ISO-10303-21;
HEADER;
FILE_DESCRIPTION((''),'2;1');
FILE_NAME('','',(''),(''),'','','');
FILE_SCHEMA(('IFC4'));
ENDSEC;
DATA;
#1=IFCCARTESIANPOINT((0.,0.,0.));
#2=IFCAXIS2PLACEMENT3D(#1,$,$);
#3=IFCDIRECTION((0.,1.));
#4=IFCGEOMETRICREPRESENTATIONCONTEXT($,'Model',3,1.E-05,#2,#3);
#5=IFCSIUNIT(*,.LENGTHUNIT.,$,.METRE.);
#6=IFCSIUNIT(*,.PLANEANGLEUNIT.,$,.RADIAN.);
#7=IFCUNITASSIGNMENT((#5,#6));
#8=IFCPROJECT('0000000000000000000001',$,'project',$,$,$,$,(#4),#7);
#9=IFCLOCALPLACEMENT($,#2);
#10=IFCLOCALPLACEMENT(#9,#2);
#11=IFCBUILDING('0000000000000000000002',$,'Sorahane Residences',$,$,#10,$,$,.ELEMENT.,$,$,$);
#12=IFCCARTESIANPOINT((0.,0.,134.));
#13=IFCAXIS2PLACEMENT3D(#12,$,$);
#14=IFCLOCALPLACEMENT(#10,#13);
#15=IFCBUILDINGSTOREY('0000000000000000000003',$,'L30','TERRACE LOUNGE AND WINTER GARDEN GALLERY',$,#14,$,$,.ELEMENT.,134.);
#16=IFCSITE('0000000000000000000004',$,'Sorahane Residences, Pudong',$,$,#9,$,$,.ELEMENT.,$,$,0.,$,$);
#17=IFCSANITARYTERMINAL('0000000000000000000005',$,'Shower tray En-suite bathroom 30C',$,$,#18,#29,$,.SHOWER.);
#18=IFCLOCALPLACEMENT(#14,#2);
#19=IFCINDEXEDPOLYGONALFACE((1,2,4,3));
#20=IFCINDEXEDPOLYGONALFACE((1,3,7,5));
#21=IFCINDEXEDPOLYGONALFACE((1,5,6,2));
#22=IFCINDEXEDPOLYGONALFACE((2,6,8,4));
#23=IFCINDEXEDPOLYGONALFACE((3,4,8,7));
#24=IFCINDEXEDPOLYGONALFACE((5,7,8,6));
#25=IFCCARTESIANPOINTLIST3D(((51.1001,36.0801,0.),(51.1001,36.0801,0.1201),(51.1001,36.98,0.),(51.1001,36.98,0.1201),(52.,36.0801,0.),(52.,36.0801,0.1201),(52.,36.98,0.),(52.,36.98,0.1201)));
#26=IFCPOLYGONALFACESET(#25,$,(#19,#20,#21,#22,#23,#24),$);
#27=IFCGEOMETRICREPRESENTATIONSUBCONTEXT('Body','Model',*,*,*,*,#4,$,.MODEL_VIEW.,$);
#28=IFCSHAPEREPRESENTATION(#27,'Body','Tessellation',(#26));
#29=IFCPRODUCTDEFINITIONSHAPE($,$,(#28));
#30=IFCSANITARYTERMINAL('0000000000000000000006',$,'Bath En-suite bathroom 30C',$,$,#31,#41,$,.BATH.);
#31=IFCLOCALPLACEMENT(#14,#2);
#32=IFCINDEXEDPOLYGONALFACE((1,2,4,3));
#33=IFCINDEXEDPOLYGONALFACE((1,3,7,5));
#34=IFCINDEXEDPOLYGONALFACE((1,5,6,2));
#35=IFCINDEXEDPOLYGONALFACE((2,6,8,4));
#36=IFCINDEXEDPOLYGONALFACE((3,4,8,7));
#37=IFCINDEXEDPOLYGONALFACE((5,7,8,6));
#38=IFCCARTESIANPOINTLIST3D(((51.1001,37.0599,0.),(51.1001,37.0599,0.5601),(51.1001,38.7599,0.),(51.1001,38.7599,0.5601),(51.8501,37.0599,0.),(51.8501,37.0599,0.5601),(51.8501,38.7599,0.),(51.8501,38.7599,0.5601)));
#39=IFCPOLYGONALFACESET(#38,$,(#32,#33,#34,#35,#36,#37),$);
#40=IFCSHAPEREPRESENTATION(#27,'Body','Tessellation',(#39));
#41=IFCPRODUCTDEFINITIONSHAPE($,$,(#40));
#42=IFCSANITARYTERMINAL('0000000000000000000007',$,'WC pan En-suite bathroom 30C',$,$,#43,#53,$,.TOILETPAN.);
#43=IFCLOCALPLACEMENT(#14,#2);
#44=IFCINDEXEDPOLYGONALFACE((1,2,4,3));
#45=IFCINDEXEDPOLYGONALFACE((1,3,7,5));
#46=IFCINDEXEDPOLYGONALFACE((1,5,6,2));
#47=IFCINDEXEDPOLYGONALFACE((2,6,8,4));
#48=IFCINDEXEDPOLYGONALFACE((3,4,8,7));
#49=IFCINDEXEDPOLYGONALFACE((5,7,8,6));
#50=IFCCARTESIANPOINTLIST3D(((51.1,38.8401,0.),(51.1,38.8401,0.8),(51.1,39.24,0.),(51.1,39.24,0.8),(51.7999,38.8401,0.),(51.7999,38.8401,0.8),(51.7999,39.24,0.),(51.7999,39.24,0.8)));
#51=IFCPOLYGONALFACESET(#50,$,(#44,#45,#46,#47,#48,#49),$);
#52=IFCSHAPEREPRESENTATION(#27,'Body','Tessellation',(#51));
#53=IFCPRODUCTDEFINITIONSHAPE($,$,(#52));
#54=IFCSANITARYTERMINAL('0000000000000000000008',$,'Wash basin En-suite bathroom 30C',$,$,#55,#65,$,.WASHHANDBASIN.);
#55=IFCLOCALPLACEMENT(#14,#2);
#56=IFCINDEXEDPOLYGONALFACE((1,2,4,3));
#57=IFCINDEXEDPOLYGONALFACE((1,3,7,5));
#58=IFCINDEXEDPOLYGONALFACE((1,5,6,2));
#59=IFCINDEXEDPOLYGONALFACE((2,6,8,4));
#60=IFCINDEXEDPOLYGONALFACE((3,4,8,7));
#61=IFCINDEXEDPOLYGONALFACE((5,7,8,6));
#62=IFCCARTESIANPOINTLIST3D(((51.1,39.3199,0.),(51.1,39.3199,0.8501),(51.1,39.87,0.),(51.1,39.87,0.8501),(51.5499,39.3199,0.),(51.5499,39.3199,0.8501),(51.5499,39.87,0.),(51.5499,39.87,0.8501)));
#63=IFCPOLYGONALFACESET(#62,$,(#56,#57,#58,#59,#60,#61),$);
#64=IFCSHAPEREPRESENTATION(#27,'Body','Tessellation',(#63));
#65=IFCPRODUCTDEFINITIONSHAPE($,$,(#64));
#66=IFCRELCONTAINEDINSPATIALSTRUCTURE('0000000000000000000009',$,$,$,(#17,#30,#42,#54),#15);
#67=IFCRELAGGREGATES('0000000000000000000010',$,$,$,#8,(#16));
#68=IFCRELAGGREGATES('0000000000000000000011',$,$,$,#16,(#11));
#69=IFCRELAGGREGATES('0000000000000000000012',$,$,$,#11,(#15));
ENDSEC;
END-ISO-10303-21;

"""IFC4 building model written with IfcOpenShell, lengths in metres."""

from ifc_helpers import new_model, si_unit, direction, frame, origin, origin_2d, place, context, subcontext, project, spatial, rectangle, extrude, element, save


model = new_model("IFC4")

# Units and contexts
model_context = context("Model", 3, precision=1e-05, world=origin(), true_north=direction((0.0, 1.0)))
body_context = subcontext(model_context, "Body", "Model", "MODEL_VIEW")
ifc_project = project(units=[si_unit("LENGTHUNIT", "METRE"), si_unit("PLANEANGLEUNIT", "RADIAN")], contexts=[model_context])

# Site, building, storey
site_placement = place(None, origin())
site = spatial("IfcSite", under=ifc_project, at=site_placement, Name="Sorahane Residences, Pudong", CompositionType="ELEMENT", RefElevation=0.0)
building_placement = place(site_placement, origin())
building = spatial("IfcBuilding", under=site, at=building_placement, Name="Sorahane Residences", CompositionType="ELEMENT")
storey_placement = place(building_placement, frame((0.0, 0.0, 134.0)))
storey = spatial("IfcBuildingStorey", under=building, at=storey_placement, Name="L30", Description="TERRACE LOUNGE AND WINTER GARDEN GALLERY", CompositionType="ELEMENT", Elevation=134.0)

# Sanitary terminals
sanitary_terminal_1_placement = place(storey_placement, frame((51.55, 36.53, 0.0), z_axis=(0.0, 0.0, 1.0), x_axis=(0.0, 1.0, 0.0)))
element("IfcSanitaryTerminal", 1, at=sanitary_terminal_1_placement, inside=storey, Name="Shower tray En-suite bathroom 30C", PredefinedType="SHOWER", context=body_context, shape_type="SweptSolid", body=[
    extrude(rectangle(XDim=0.8999, YDim=0.8999, at=origin_2d()), origin(), (0.0, 0.0, 1.0), 0.1201),
])
sanitary_terminal_2_placement = place(storey_placement, frame((51.4751, 37.9099, 0.0), z_axis=(0.0, 0.0, 1.0), x_axis=(0.0, 1.0, 0.0)))
element("IfcSanitaryTerminal", 2, at=sanitary_terminal_2_placement, inside=storey, Name="Bath En-suite bathroom 30C", PredefinedType="BATH", context=body_context, shape_type="SweptSolid", body=[
    extrude(rectangle(XDim=1.7, YDim=0.75, at=origin_2d()), origin(), (0.0, 0.0, 1.0), 0.5601),
])
sanitary_terminal_3_placement = place(storey_placement, frame((51.45, 39.04, 0.0), z_axis=(0.0, 0.0, 1.0), x_axis=(0.0, 1.0, 0.0)))
element("IfcSanitaryTerminal", 3, at=sanitary_terminal_3_placement, inside=storey, Name="WC pan En-suite bathroom 30C", PredefinedType="TOILETPAN", context=body_context, shape_type="SweptSolid", body=[
    extrude(rectangle(XDim=0.3999, YDim=0.7, at=origin_2d()), origin(), (0.0, 0.0, 1.0), 0.8),
])
sanitary_terminal_4_placement = place(storey_placement, frame((51.325, 39.595, 0.0), z_axis=(0.0, 0.0, 1.0), x_axis=(0.0, 1.0, 0.0)))
element("IfcSanitaryTerminal", 4, at=sanitary_terminal_4_placement, inside=storey, Name="Wash basin En-suite bathroom 30C", PredefinedType="WASHHANDBASIN", context=body_context, shape_type="SweptSolid", body=[
    extrude(rectangle(XDim=0.55, YDim=0.45, at=origin_2d()), origin(), (0.0, 0.0, 1.0), 0.8501),
])

save(model, "model.ifc")
